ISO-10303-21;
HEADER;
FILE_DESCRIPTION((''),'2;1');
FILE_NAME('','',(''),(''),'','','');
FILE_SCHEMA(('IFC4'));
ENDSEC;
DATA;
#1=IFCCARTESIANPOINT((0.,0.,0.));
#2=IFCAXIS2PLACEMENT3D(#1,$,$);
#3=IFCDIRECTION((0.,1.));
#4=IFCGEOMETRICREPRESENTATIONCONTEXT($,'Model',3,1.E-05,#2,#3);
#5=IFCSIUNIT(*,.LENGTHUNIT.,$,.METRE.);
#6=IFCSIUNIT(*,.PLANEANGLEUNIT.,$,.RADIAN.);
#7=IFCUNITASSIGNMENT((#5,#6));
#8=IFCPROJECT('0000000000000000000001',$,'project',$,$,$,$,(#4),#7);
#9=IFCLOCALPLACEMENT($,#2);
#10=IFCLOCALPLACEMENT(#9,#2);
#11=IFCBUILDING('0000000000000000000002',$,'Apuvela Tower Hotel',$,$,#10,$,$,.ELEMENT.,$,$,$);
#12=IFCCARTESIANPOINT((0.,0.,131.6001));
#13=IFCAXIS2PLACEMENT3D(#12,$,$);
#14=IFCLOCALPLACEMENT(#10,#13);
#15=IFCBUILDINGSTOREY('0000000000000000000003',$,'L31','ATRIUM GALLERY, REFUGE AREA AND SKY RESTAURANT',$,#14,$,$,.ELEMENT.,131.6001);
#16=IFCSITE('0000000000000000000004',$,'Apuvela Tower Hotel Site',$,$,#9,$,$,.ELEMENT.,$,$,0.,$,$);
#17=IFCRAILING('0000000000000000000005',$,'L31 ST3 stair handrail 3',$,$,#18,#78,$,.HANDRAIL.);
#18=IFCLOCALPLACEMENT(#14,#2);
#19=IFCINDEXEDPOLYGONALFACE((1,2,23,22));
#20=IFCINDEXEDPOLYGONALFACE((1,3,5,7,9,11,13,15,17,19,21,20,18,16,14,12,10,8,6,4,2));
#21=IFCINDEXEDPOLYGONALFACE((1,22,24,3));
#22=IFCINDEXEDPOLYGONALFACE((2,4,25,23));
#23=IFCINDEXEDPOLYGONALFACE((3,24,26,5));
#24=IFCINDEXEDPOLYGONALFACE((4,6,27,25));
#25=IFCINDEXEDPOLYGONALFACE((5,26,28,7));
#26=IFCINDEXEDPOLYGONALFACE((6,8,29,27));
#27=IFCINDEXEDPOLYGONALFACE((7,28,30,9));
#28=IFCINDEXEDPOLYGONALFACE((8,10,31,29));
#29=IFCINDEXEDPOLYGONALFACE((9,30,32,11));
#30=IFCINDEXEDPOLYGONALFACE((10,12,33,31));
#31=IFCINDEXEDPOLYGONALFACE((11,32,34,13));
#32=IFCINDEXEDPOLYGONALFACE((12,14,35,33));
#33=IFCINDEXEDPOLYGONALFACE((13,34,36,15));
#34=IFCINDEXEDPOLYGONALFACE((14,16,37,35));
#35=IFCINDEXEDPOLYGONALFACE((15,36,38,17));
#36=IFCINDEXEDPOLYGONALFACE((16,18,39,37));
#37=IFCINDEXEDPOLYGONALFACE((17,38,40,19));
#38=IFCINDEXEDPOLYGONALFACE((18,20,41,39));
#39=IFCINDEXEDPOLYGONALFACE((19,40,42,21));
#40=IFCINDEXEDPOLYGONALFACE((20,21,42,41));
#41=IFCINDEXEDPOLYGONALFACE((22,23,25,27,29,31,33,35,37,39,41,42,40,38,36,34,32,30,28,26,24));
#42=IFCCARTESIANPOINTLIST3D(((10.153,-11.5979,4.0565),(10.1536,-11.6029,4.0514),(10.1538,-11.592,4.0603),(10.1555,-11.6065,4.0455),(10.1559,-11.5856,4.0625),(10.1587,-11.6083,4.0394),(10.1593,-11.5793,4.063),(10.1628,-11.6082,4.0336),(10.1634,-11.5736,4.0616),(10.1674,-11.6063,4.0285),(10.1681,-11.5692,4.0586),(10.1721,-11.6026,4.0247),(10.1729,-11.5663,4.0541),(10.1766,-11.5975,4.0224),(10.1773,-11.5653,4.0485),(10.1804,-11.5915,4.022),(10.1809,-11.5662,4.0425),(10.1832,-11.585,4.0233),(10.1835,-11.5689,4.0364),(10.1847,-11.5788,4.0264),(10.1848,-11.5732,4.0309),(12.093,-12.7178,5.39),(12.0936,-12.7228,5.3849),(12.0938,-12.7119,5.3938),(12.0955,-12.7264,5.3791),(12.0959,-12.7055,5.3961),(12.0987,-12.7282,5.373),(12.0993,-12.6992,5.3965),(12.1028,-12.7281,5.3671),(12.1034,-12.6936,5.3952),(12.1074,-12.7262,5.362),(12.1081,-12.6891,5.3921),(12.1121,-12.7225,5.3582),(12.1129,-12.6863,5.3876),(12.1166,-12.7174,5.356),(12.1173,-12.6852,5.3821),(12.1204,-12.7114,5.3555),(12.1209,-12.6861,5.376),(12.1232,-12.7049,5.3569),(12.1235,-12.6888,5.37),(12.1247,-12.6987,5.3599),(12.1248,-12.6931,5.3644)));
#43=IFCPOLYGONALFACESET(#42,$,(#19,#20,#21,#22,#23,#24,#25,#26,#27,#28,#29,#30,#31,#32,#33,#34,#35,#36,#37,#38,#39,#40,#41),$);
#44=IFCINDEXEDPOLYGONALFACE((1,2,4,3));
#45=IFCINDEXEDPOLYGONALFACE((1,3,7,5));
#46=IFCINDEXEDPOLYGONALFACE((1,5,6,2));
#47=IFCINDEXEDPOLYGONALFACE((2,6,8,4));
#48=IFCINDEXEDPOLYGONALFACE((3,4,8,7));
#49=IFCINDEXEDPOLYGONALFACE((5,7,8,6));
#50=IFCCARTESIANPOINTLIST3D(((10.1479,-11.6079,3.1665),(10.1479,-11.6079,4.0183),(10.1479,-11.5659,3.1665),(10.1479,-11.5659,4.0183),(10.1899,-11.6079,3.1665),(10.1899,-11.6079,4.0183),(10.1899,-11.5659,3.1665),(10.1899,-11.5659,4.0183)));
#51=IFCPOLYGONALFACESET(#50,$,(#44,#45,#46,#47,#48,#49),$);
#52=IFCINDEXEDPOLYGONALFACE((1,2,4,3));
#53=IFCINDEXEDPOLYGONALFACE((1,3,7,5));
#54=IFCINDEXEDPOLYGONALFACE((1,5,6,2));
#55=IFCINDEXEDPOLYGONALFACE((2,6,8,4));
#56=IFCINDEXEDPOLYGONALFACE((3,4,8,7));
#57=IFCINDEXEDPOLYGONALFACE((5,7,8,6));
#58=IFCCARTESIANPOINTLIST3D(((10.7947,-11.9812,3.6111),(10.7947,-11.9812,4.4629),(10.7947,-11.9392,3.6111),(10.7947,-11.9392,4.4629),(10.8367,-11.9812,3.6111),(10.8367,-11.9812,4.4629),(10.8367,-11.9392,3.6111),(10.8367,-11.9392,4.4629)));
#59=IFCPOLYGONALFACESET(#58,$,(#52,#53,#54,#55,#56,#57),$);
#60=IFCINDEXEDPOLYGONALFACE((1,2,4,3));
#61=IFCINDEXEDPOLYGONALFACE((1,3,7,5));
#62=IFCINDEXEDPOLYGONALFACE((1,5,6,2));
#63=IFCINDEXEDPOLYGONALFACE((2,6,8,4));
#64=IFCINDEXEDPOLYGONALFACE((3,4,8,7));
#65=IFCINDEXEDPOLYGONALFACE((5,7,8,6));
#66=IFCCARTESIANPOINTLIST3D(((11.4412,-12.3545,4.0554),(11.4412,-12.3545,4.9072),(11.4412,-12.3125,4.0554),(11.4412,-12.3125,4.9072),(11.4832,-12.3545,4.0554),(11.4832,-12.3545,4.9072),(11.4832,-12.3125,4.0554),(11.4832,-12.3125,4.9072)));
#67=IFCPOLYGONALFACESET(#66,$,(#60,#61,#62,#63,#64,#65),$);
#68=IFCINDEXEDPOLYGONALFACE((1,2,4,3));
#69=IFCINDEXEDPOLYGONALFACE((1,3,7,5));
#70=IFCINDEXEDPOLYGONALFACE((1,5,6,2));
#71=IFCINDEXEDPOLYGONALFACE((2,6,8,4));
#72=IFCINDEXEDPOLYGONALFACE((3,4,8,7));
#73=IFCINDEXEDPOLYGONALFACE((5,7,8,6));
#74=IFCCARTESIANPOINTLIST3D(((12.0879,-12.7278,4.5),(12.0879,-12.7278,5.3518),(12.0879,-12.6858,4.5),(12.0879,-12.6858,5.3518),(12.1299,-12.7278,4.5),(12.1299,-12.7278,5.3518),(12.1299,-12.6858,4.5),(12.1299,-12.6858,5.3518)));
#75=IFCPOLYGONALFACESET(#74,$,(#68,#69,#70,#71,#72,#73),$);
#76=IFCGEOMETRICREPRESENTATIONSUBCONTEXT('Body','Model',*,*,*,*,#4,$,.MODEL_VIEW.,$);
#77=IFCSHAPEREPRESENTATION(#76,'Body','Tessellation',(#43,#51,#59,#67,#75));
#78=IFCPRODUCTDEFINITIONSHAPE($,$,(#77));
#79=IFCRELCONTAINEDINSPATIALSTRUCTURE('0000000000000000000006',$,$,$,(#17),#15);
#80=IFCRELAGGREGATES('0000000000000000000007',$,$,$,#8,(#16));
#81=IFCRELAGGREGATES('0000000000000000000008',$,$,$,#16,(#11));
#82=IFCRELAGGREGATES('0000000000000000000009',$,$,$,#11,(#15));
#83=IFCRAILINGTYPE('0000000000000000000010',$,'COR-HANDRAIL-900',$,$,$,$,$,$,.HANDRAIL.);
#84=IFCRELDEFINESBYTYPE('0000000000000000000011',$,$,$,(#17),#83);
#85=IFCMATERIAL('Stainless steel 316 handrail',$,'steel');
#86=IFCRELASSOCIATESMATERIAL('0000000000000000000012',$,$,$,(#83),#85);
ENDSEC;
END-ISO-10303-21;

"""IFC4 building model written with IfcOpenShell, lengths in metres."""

from ifc_helpers import new_model, si_unit, direction, frame, origin, origin_2d, place, context, subcontext, project, spatial, rectangle, circle, extrude, material, type_object, element, save


model = new_model("IFC4")

# Units and contexts
model_context = context("Model", 3, precision=1e-05, world=origin(), true_north=direction((0.0, 1.0)))
body_context = subcontext(model_context, "Body", "Model", "MODEL_VIEW")
ifc_project = project(units=[si_unit("LENGTHUNIT", "METRE"), si_unit("PLANEANGLEUNIT", "RADIAN")], contexts=[model_context])

# Site, building, storey
site_placement = place(None, origin())
site = spatial("IfcSite", under=ifc_project, at=site_placement, Name="Apuvela Tower Hotel Site", CompositionType="ELEMENT", RefElevation=0.0)
building_placement = place(site_placement, origin())
building = spatial("IfcBuilding", under=site, at=building_placement, Name="Apuvela Tower Hotel", CompositionType="ELEMENT")
storey_placement = place(building_placement, frame((0.0, 0.0, 131.6001)))
storey = spatial("IfcBuildingStorey", under=building, at=storey_placement, Name="L31", Description="ATRIUM GALLERY, REFUGE AREA AND SKY RESTAURANT", CompositionType="ELEMENT", Elevation=131.6001)

# Railing
ifc_material_1 = material(Name="Stainless steel 316 handrail", Category="steel")
railing_type_1 = type_object("IfcRailingType", Name="COR-HANDRAIL-900", PredefinedType="HANDRAIL", material=ifc_material_1)
for number, where, name in (
    (1, (10.1689, -11.5869, 3.1665), "L31 ST3 stair handrail 3"),
):
    element("IfcRailing", number, at=place(storey_placement, frame(where)), inside=storey, type_object=railing_type_1, Name=name, PredefinedType="HANDRAIL", context=body_context, shape_type="SweptSolid", body=[
        extrude(circle(Radius=0.0239, at=origin_2d()), frame((0.0, 0.0, 0.876), z_axis=(0.744169, -0.429588, 0.511534), x_axis=(0.499949, 0.866055, 0.0)), (0.0, 0.0, 1.0), 2.6069),
        extrude(rectangle(XDim=0.042, YDim=0.042, at=origin_2d()), origin(), (0.0, 0.0, 1.0), 0.8518),
        extrude(rectangle(XDim=0.042, YDim=0.042, at=origin_2d()), frame((0.6467, -0.3733, 0.4446)), (0.0, 0.0, 1.0), 0.8518),
        extrude(rectangle(XDim=0.042, YDim=0.042, at=origin_2d()), frame((1.2932, -0.7466, 0.8889)), (0.0, 0.0, 1.0), 0.8518),
        extrude(rectangle(XDim=0.042, YDim=0.042, at=origin_2d()), frame((1.9399, -1.1199, 1.3335)), (0.0, 0.0, 1.0), 0.8518),
    ])

save(model, "model.ifc")
